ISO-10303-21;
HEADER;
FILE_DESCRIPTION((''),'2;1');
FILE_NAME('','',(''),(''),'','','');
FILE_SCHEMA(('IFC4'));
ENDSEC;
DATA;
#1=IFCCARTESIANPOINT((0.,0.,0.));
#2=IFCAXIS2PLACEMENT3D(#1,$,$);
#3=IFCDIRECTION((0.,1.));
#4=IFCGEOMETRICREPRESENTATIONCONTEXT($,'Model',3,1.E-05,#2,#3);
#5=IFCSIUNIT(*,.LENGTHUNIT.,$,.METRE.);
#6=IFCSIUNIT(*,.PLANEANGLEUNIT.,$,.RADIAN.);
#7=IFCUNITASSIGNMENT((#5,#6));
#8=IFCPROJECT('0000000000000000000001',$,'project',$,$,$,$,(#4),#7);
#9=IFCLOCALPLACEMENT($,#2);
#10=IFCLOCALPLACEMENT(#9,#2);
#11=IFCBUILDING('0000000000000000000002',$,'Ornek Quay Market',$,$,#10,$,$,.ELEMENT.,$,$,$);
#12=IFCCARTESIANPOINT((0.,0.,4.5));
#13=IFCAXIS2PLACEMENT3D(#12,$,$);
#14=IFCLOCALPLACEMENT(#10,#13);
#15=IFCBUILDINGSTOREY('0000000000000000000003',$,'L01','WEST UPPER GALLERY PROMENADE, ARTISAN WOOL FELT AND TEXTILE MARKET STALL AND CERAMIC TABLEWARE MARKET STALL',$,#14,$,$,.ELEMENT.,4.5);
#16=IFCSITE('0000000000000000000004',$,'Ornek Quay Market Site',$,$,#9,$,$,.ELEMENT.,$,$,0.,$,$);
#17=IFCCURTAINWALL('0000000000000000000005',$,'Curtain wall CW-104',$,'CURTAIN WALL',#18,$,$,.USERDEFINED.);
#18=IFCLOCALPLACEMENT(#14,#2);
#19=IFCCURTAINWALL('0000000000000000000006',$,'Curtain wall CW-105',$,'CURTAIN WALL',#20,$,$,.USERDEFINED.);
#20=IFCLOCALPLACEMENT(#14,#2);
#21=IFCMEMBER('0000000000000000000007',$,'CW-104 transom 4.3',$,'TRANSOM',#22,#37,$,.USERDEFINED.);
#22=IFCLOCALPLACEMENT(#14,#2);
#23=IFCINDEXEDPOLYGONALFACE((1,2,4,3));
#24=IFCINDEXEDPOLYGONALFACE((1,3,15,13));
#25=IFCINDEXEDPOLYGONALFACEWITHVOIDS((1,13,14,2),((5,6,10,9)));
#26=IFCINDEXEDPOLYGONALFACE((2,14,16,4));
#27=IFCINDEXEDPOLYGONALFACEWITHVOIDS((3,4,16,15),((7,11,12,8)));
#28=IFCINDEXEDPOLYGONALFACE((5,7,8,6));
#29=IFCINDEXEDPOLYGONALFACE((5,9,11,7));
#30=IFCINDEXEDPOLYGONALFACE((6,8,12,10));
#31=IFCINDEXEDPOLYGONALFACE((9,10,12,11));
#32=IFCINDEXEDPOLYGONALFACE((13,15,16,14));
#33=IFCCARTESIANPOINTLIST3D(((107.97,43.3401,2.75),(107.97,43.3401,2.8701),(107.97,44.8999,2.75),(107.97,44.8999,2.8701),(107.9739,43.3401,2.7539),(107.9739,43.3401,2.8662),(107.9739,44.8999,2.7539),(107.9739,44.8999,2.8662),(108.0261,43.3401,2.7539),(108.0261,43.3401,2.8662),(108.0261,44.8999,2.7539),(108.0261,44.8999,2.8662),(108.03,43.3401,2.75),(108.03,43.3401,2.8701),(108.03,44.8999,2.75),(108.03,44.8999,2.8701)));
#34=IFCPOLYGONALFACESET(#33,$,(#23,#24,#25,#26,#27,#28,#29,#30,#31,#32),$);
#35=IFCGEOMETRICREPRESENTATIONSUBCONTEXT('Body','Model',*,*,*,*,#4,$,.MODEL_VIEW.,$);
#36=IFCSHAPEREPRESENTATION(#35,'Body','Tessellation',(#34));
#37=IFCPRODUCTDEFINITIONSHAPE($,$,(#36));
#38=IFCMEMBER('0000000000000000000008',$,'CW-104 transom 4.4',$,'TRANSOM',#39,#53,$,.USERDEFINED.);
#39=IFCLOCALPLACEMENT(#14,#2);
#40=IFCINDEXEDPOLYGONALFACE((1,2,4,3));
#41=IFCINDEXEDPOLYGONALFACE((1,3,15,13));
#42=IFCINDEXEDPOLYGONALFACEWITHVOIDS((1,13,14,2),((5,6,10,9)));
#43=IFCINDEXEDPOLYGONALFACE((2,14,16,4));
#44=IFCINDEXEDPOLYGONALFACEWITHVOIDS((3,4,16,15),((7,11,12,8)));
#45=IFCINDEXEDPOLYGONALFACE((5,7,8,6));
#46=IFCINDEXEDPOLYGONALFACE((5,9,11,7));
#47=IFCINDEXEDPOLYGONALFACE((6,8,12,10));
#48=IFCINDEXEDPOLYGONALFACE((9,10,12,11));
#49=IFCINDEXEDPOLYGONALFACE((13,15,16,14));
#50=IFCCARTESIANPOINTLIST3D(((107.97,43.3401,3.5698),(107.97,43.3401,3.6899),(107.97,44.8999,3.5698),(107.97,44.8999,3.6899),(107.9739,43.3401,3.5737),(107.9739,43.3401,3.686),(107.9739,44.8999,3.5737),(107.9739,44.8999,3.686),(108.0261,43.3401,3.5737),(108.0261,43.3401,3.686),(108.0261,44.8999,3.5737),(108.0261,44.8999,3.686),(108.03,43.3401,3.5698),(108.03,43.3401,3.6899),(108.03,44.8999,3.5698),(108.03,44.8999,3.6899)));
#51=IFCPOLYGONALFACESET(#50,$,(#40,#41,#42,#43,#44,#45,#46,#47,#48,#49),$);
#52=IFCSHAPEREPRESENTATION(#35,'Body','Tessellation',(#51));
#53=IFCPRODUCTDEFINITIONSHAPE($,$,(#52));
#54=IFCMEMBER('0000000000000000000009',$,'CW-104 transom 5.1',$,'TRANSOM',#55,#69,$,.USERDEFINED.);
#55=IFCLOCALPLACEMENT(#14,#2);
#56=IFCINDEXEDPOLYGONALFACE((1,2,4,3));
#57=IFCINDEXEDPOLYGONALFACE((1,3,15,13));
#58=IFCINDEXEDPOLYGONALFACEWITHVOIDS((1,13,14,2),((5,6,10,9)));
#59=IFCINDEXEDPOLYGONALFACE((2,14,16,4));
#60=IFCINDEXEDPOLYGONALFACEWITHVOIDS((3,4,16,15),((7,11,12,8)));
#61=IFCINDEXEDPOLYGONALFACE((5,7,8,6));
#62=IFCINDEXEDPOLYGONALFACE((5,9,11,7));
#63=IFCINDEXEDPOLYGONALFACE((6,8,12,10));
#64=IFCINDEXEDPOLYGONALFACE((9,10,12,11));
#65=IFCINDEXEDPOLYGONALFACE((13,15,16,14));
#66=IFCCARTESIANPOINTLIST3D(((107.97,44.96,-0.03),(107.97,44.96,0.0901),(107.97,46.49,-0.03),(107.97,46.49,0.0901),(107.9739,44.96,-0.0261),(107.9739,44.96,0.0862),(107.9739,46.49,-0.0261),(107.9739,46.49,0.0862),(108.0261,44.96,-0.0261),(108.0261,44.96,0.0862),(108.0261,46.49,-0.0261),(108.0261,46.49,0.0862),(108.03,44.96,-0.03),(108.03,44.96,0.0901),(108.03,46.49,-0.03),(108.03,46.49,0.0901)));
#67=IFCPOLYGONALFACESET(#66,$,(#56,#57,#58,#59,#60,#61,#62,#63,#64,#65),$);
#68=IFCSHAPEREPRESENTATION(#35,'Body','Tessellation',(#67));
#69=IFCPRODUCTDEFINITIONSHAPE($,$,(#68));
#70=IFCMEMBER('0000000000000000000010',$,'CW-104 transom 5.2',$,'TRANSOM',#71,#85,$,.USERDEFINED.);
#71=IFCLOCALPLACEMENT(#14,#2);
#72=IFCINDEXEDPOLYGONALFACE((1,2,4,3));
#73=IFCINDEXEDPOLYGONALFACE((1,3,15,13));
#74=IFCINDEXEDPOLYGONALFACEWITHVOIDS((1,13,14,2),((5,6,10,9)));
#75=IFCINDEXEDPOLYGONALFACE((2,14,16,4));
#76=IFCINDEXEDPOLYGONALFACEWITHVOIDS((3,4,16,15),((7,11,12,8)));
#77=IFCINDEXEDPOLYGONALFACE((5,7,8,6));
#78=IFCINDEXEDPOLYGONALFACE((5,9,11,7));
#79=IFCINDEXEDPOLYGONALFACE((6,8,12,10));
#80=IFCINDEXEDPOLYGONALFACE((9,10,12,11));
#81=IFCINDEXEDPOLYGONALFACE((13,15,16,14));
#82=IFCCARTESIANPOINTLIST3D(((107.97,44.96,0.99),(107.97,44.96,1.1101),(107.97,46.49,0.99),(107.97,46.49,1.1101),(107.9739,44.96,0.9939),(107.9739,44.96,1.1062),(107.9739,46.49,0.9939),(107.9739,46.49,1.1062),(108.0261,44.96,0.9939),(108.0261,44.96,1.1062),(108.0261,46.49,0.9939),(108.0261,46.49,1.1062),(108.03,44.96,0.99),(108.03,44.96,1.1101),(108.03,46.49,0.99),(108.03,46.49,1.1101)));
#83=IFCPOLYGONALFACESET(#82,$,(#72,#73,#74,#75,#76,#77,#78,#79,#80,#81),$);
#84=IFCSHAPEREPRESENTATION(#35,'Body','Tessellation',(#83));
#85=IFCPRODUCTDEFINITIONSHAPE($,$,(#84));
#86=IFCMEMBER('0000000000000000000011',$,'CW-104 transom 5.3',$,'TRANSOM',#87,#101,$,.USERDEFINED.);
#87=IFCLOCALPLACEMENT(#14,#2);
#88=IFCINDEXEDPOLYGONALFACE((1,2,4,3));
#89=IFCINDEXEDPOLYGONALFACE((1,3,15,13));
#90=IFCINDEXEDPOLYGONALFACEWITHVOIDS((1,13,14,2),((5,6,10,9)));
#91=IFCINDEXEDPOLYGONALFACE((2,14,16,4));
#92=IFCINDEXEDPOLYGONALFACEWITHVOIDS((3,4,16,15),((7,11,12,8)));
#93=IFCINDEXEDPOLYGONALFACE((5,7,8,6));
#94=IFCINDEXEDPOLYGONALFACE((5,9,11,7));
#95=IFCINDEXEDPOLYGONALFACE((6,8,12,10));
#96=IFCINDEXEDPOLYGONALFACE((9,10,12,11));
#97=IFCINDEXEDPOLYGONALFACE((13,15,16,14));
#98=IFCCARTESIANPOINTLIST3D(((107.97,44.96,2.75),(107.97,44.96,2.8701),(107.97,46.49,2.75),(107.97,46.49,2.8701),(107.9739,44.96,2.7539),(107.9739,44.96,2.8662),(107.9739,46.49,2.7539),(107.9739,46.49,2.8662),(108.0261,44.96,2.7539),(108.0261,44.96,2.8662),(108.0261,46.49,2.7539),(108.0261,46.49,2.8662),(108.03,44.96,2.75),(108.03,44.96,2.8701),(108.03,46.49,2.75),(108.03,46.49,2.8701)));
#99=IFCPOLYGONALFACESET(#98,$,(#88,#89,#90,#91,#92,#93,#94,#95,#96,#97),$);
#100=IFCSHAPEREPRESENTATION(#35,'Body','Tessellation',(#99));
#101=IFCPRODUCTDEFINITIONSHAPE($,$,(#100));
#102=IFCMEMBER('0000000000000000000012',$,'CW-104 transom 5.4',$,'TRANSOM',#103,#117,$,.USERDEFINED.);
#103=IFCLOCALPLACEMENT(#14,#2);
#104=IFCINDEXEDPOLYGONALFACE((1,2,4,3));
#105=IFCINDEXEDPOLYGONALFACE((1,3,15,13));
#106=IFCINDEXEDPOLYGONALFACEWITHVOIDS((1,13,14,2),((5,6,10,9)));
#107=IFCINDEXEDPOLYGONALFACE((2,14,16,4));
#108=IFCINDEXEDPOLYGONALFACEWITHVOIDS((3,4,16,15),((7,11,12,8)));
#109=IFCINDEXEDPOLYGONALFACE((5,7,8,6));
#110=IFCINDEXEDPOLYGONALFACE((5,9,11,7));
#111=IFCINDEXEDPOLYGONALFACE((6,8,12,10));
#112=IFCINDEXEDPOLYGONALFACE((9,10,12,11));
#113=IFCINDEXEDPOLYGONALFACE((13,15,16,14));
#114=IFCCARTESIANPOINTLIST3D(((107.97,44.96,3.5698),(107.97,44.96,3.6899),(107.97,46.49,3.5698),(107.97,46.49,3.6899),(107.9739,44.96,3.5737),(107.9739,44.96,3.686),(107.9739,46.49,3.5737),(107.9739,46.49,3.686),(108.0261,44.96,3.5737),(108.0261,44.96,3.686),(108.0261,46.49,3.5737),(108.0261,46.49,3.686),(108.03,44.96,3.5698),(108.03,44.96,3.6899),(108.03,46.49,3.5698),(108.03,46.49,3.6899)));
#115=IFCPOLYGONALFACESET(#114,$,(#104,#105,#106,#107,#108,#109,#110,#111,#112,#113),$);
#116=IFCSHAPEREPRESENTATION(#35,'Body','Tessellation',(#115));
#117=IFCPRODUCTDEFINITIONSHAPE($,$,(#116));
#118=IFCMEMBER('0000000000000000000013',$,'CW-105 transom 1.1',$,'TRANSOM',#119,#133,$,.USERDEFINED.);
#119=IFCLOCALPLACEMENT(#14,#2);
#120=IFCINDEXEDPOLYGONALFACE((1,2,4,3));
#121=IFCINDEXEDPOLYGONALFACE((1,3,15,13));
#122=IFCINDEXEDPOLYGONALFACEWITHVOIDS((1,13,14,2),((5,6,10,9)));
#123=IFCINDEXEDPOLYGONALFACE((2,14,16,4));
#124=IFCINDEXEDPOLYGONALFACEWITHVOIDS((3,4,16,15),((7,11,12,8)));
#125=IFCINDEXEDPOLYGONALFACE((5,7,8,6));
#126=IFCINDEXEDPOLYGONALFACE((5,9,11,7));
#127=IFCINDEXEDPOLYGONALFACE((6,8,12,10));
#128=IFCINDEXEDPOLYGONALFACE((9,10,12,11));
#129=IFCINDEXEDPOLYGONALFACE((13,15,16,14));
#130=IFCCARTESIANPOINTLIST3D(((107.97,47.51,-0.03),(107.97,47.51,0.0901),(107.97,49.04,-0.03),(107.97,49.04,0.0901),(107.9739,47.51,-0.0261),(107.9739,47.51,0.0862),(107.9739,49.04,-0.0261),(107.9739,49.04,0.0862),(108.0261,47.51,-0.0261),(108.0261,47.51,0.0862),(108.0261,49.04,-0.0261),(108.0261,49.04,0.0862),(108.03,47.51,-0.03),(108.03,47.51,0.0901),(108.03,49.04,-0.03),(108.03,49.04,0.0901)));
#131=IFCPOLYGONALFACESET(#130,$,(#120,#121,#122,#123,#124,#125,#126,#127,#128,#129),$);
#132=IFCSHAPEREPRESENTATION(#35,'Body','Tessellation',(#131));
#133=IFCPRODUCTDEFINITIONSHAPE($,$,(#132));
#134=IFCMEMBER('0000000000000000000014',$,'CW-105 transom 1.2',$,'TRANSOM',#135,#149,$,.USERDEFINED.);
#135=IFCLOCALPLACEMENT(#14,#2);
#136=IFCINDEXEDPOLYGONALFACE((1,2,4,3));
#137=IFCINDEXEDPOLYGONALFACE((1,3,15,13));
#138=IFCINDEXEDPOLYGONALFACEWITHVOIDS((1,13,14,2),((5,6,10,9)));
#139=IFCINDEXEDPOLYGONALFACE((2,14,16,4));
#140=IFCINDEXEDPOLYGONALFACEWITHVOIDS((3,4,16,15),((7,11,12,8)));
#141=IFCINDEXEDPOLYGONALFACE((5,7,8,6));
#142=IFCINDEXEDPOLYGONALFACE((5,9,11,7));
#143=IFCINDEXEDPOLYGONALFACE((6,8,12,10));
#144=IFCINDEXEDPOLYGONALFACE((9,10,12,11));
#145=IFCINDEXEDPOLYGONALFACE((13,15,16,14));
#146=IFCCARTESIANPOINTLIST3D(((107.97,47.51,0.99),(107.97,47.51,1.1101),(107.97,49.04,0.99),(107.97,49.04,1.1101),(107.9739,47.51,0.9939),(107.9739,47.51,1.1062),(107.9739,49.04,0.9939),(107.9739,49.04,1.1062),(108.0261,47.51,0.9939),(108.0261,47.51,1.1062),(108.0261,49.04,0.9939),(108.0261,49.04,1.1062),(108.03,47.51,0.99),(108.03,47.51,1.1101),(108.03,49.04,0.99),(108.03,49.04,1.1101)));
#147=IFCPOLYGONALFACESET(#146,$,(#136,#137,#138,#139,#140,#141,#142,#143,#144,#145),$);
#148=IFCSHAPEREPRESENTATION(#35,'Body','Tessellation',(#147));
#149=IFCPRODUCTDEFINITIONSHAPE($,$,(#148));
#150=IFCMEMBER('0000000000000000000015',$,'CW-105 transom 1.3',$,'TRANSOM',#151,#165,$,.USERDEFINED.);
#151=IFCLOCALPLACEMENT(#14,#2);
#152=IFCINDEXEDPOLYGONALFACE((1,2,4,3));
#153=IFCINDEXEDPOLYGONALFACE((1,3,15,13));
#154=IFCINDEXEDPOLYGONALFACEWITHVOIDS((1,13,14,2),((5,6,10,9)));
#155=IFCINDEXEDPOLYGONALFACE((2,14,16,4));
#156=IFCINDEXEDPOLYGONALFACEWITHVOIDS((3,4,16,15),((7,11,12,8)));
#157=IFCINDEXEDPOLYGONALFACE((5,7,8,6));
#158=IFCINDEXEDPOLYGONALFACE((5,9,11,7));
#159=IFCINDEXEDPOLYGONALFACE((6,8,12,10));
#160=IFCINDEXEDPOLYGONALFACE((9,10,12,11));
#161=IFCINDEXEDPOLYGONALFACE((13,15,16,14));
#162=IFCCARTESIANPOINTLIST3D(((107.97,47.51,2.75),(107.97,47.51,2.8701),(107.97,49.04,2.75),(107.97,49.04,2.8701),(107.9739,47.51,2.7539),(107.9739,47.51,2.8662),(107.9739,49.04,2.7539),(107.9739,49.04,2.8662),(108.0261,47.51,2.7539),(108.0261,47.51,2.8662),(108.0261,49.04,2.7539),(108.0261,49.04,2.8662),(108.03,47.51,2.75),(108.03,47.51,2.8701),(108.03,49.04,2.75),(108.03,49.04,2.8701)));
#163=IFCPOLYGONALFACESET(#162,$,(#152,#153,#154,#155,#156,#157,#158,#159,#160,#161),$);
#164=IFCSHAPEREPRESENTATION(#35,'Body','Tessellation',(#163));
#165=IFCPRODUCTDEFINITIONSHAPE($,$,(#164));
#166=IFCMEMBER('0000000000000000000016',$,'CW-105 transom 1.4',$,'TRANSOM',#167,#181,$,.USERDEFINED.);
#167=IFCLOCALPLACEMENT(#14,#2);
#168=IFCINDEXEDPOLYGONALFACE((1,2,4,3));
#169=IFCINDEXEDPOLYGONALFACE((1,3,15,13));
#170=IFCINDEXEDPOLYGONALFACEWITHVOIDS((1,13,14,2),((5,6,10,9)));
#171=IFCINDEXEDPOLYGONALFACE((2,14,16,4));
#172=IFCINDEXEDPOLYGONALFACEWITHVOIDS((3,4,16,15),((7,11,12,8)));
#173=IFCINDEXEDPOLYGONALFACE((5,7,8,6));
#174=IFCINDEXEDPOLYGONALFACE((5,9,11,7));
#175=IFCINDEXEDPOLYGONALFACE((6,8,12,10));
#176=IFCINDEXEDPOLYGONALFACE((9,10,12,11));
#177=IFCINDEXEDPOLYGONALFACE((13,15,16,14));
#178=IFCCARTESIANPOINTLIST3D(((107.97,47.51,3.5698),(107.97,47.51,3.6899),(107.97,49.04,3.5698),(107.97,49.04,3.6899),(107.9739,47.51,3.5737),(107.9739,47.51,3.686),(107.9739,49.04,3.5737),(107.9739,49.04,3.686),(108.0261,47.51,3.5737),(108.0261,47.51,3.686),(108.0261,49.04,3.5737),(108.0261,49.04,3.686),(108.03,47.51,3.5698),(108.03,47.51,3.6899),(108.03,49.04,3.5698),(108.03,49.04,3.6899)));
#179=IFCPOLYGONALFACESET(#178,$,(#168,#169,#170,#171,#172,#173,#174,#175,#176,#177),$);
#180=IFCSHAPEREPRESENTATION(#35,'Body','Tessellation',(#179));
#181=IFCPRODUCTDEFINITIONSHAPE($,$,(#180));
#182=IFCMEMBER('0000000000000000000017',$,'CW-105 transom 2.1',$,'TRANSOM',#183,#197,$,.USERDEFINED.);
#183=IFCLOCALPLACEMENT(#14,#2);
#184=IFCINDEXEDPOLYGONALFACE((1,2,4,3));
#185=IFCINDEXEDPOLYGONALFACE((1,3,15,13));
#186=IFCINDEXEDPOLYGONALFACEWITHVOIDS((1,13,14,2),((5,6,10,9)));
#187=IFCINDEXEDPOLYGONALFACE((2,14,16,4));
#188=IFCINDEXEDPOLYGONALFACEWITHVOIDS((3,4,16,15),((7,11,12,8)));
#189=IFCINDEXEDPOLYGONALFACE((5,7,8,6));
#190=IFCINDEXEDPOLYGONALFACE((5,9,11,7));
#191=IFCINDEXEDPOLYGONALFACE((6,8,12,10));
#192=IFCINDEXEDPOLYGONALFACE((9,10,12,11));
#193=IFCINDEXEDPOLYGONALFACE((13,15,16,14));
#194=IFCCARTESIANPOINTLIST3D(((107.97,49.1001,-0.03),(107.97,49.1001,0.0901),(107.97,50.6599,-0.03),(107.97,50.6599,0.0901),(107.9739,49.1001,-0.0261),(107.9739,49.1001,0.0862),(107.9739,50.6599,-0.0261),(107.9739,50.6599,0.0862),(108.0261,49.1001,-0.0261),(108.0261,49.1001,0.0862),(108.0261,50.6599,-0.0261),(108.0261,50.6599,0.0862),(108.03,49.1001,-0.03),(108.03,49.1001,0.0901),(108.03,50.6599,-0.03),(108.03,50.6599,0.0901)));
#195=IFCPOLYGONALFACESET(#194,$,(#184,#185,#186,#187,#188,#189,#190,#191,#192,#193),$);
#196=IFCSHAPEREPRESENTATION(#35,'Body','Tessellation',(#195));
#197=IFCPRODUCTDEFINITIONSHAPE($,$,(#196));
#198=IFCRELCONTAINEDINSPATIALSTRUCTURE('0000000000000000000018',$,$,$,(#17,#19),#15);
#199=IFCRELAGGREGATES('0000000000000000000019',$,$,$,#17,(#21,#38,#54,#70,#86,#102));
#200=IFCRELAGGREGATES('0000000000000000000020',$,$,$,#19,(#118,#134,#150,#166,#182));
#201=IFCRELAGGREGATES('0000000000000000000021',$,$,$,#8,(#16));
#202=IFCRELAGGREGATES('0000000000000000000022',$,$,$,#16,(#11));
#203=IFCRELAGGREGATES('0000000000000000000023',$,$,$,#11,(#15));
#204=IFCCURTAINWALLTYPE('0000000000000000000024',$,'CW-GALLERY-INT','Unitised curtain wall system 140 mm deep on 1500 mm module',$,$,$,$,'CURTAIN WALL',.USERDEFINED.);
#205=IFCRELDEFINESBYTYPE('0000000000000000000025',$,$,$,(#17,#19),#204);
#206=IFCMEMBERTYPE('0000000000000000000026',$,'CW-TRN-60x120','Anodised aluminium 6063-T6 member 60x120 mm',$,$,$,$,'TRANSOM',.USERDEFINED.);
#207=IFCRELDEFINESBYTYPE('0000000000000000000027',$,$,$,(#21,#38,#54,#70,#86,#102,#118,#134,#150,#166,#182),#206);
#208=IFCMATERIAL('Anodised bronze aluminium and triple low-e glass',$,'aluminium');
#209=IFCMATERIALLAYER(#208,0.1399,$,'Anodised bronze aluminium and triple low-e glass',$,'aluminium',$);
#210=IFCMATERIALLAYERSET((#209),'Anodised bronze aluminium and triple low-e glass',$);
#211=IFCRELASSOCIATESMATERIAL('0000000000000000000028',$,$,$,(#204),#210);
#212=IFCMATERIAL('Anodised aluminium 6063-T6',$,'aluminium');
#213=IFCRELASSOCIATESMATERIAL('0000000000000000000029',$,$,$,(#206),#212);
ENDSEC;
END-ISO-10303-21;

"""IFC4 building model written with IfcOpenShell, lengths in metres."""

from ifc_helpers import new_model, si_unit, direction, frame, origin, origin_2d, place, context, subcontext, project, spatial, hollow_rectangle, extrude, material, layer, layer_set, material_profile, profile_set, type_object, element, aggregate, save


model = new_model("IFC4")

# Units and contexts
model_context = context("Model", 3, precision=1e-05, world=origin(), true_north=direction((0.0, 1.0)))
body_context = subcontext(model_context, "Body", "Model", "MODEL_VIEW")
ifc_project = project(units=[si_unit("LENGTHUNIT", "METRE"), si_unit("PLANEANGLEUNIT", "RADIAN")], contexts=[model_context])

# Site, building, storey
site_placement = place(None, origin())
site = spatial("IfcSite", under=ifc_project, at=site_placement, Name="Ornek Quay Market Site", CompositionType="ELEMENT", RefElevation=0.0)
building_placement = place(site_placement, origin())
building = spatial("IfcBuilding", under=site, at=building_placement, Name="Ornek Quay Market", CompositionType="ELEMENT")
storey_placement = place(building_placement, frame((0.0, 0.0, 4.5)))
storey = spatial("IfcBuildingStorey", under=building, at=storey_placement, Name="L01", Description="WEST UPPER GALLERY PROMENADE, ARTISAN WOOL FELT AND TEXTILE MARKET STALL AND CERAMIC TABLEWARE MARKET STALL", CompositionType="ELEMENT", Elevation=4.5)

# Curtain walls
ifc_material_1 = material(Name="Anodised bronze aluminium and triple low-e glass", Category="aluminium")
ifc_layer_1 = layer(ifc_material_1, 0.1399, Name="Anodised bronze aluminium and triple low-e glass", Category="aluminium")
ifc_layer_set_1 = layer_set([ifc_layer_1], Name="Anodised bronze aluminium and triple low-e glass")
curtain_wall_type = type_object("IfcCurtainWallType", Name="CW-GALLERY-INT", Description="Unitised curtain wall system 140 mm deep on 1500 mm module", ElementType="CURTAIN WALL", PredefinedType="USERDEFINED", material=ifc_layer_set_1)
curtain_wall_1_placement = place(storey_placement, origin())
curtain_wall_1 = element("IfcCurtainWall", 1, at=curtain_wall_1_placement, inside=storey, type_object=curtain_wall_type, Name="Curtain wall CW-104", ObjectType="CURTAIN WALL", PredefinedType="USERDEFINED")
ifc_material_2 = material(Name="Anodised aluminium 6063-T6", Category="aluminium")
curtain_wall_2_placement = place(storey_placement, origin())
curtain_wall_2 = element("IfcCurtainWall", 2, at=curtain_wall_2_placement, inside=storey, type_object=curtain_wall_type, Name="Curtain wall CW-105", ObjectType="CURTAIN WALL", PredefinedType="USERDEFINED")

# Members
ifc_material_profile_1 = material_profile(ifc_material_2, hollow_rectangle(XDim=0.0601, YDim=0.1201, WallThickness=0.0039, at=origin_2d()), Name="CW-TRN-60x120", Category="aluminium")
ifc_profile_set_1 = profile_set([ifc_material_profile_1], Name="Anodised aluminium 6063-T6")
member_type_1 = type_object("IfcMemberType", Name="CW-TRN-60x120", Description="Anodised aluminium 6063-T6 member 60x120 mm", ElementType="TRANSOM", PredefinedType="USERDEFINED", material=ifc_profile_set_1)
member_1_placement = place(storey_placement, frame((108.0, 43.3401, 2.8101), z_axis=(0.0, 1.0, 0.0), x_axis=(-1.0, 0.0, 0.0)))
member_1 = element("IfcMember", 3, at=member_1_placement, type_object=member_type_1, Name="CW-104 transom 4.3", ObjectType="TRANSOM", PredefinedType="USERDEFINED", context=body_context, shape_type="SweptSolid", body=[
    extrude(hollow_rectangle(XDim=0.0601, YDim=0.1201, WallThickness=0.0039, at=origin_2d()), origin(), (0.0, 0.0, 1.0), 1.5598),
])
member_2_placement = place(storey_placement, frame((108.0, 43.3401, 3.6299), z_axis=(0.0, 1.0, 0.0), x_axis=(-1.0, 0.0, 0.0)))
member_2 = element("IfcMember", 4, at=member_2_placement, type_object=member_type_1, Name="CW-104 transom 4.4", ObjectType="TRANSOM", PredefinedType="USERDEFINED", context=body_context, shape_type="SweptSolid", body=[
    extrude(hollow_rectangle(XDim=0.0601, YDim=0.1201, WallThickness=0.0039, at=origin_2d()), origin(), (0.0, 0.0, 1.0), 1.5598),
])
member_3_placement = place(storey_placement, frame((108.0, 44.96, 0.03), z_axis=(0.0, 1.0, 0.0), x_axis=(-1.0, 0.0, 0.0)))
member_3 = element("IfcMember", 5, at=member_3_placement, type_object=member_type_1, Name="CW-104 transom 5.1", ObjectType="TRANSOM", PredefinedType="USERDEFINED", context=body_context, shape_type="SweptSolid", body=[
    extrude(hollow_rectangle(XDim=0.0601, YDim=0.1201, WallThickness=0.0039, at=origin_2d()), origin(), (0.0, 0.0, 1.0), 1.53),
])
member_4_placement = place(storey_placement, frame((108.0, 44.96, 1.05), z_axis=(0.0, 1.0, 0.0), x_axis=(-1.0, 0.0, 0.0)))
member_4 = element("IfcMember", 6, at=member_4_placement, type_object=member_type_1, Name="CW-104 transom 5.2", ObjectType="TRANSOM", PredefinedType="USERDEFINED", context=body_context, shape_type="SweptSolid", body=[
    extrude(hollow_rectangle(XDim=0.0601, YDim=0.1201, WallThickness=0.0039, at=origin_2d()), origin(), (0.0, 0.0, 1.0), 1.53),
])
member_5_placement = place(storey_placement, frame((108.0, 44.96, 2.8101), z_axis=(0.0, 1.0, 0.0), x_axis=(-1.0, 0.0, 0.0)))
member_5 = element("IfcMember", 7, at=member_5_placement, type_object=member_type_1, Name="CW-104 transom 5.3", ObjectType="TRANSOM", PredefinedType="USERDEFINED", context=body_context, shape_type="SweptSolid", body=[
    extrude(hollow_rectangle(XDim=0.0601, YDim=0.1201, WallThickness=0.0039, at=origin_2d()), origin(), (0.0, 0.0, 1.0), 1.53),
])
member_6_placement = place(storey_placement, frame((108.0, 44.96, 3.6299), z_axis=(0.0, 1.0, 0.0), x_axis=(-1.0, 0.0, 0.0)))
member_6 = element("IfcMember", 8, at=member_6_placement, type_object=member_type_1, Name="CW-104 transom 5.4", ObjectType="TRANSOM", PredefinedType="USERDEFINED", context=body_context, shape_type="SweptSolid", body=[
    extrude(hollow_rectangle(XDim=0.0601, YDim=0.1201, WallThickness=0.0039, at=origin_2d()), origin(), (0.0, 0.0, 1.0), 1.53),
])
member_7_placement = place(storey_placement, frame((108.0, 47.51, 0.03), z_axis=(0.0, 1.0, 0.0), x_axis=(-1.0, 0.0, 0.0)))
member_7 = element("IfcMember", 9, at=member_7_placement, type_object=member_type_1, Name="CW-105 transom 1.1", ObjectType="TRANSOM", PredefinedType="USERDEFINED", context=body_context, shape_type="SweptSolid", body=[
    extrude(hollow_rectangle(XDim=0.0601, YDim=0.1201, WallThickness=0.0039, at=origin_2d()), origin(), (0.0, 0.0, 1.0), 1.53),
])
member_8_placement = place(storey_placement, frame((108.0, 47.51, 1.05), z_axis=(0.0, 1.0, 0.0), x_axis=(-1.0, 0.0, 0.0)))
member_8 = element("IfcMember", 10, at=member_8_placement, type_object=member_type_1, Name="CW-105 transom 1.2", ObjectType="TRANSOM", PredefinedType="USERDEFINED", context=body_context, shape_type="SweptSolid", body=[
    extrude(hollow_rectangle(XDim=0.0601, YDim=0.1201, WallThickness=0.0039, at=origin_2d()), origin(), (0.0, 0.0, 1.0), 1.53),
])
member_9_placement = place(storey_placement, frame((108.0, 47.51, 2.8101), z_axis=(0.0, 1.0, 0.0), x_axis=(-1.0, 0.0, 0.0)))
member_9 = element("IfcMember", 11, at=member_9_placement, type_object=member_type_1, Name="CW-105 transom 1.3", ObjectType="TRANSOM", PredefinedType="USERDEFINED", context=body_context, shape_type="SweptSolid", body=[
    extrude(hollow_rectangle(XDim=0.0601, YDim=0.1201, WallThickness=0.0039, at=origin_2d()), origin(), (0.0, 0.0, 1.0), 1.53),
])
member_10_placement = place(storey_placement, frame((108.0, 47.51, 3.6299), z_axis=(0.0, 1.0, 0.0), x_axis=(-1.0, 0.0, 0.0)))
member_10 = element("IfcMember", 12, at=member_10_placement, type_object=member_type_1, Name="CW-105 transom 1.4", ObjectType="TRANSOM", PredefinedType="USERDEFINED", context=body_context, shape_type="SweptSolid", body=[
    extrude(hollow_rectangle(XDim=0.0601, YDim=0.1201, WallThickness=0.0039, at=origin_2d()), origin(), (0.0, 0.0, 1.0), 1.53),
])
member_11_placement = place(storey_placement, frame((108.0, 49.1001, 0.03), z_axis=(0.0, 1.0, 0.0), x_axis=(-1.0, 0.0, 0.0)))
member_11 = element("IfcMember", 13, at=member_11_placement, type_object=member_type_1, Name="CW-105 transom 2.1", ObjectType="TRANSOM", PredefinedType="USERDEFINED", context=body_context, shape_type="SweptSolid", body=[
    extrude(hollow_rectangle(XDim=0.0601, YDim=0.1201, WallThickness=0.0039, at=origin_2d()), origin(), (0.0, 0.0, 1.0), 1.5598),
])

aggregate(curtain_wall_1, [member_1, member_2, member_3, member_4, member_5, member_6])
aggregate(curtain_wall_2, [member_7, member_8, member_9, member_10, member_11])

save(model, "model.ifc")
